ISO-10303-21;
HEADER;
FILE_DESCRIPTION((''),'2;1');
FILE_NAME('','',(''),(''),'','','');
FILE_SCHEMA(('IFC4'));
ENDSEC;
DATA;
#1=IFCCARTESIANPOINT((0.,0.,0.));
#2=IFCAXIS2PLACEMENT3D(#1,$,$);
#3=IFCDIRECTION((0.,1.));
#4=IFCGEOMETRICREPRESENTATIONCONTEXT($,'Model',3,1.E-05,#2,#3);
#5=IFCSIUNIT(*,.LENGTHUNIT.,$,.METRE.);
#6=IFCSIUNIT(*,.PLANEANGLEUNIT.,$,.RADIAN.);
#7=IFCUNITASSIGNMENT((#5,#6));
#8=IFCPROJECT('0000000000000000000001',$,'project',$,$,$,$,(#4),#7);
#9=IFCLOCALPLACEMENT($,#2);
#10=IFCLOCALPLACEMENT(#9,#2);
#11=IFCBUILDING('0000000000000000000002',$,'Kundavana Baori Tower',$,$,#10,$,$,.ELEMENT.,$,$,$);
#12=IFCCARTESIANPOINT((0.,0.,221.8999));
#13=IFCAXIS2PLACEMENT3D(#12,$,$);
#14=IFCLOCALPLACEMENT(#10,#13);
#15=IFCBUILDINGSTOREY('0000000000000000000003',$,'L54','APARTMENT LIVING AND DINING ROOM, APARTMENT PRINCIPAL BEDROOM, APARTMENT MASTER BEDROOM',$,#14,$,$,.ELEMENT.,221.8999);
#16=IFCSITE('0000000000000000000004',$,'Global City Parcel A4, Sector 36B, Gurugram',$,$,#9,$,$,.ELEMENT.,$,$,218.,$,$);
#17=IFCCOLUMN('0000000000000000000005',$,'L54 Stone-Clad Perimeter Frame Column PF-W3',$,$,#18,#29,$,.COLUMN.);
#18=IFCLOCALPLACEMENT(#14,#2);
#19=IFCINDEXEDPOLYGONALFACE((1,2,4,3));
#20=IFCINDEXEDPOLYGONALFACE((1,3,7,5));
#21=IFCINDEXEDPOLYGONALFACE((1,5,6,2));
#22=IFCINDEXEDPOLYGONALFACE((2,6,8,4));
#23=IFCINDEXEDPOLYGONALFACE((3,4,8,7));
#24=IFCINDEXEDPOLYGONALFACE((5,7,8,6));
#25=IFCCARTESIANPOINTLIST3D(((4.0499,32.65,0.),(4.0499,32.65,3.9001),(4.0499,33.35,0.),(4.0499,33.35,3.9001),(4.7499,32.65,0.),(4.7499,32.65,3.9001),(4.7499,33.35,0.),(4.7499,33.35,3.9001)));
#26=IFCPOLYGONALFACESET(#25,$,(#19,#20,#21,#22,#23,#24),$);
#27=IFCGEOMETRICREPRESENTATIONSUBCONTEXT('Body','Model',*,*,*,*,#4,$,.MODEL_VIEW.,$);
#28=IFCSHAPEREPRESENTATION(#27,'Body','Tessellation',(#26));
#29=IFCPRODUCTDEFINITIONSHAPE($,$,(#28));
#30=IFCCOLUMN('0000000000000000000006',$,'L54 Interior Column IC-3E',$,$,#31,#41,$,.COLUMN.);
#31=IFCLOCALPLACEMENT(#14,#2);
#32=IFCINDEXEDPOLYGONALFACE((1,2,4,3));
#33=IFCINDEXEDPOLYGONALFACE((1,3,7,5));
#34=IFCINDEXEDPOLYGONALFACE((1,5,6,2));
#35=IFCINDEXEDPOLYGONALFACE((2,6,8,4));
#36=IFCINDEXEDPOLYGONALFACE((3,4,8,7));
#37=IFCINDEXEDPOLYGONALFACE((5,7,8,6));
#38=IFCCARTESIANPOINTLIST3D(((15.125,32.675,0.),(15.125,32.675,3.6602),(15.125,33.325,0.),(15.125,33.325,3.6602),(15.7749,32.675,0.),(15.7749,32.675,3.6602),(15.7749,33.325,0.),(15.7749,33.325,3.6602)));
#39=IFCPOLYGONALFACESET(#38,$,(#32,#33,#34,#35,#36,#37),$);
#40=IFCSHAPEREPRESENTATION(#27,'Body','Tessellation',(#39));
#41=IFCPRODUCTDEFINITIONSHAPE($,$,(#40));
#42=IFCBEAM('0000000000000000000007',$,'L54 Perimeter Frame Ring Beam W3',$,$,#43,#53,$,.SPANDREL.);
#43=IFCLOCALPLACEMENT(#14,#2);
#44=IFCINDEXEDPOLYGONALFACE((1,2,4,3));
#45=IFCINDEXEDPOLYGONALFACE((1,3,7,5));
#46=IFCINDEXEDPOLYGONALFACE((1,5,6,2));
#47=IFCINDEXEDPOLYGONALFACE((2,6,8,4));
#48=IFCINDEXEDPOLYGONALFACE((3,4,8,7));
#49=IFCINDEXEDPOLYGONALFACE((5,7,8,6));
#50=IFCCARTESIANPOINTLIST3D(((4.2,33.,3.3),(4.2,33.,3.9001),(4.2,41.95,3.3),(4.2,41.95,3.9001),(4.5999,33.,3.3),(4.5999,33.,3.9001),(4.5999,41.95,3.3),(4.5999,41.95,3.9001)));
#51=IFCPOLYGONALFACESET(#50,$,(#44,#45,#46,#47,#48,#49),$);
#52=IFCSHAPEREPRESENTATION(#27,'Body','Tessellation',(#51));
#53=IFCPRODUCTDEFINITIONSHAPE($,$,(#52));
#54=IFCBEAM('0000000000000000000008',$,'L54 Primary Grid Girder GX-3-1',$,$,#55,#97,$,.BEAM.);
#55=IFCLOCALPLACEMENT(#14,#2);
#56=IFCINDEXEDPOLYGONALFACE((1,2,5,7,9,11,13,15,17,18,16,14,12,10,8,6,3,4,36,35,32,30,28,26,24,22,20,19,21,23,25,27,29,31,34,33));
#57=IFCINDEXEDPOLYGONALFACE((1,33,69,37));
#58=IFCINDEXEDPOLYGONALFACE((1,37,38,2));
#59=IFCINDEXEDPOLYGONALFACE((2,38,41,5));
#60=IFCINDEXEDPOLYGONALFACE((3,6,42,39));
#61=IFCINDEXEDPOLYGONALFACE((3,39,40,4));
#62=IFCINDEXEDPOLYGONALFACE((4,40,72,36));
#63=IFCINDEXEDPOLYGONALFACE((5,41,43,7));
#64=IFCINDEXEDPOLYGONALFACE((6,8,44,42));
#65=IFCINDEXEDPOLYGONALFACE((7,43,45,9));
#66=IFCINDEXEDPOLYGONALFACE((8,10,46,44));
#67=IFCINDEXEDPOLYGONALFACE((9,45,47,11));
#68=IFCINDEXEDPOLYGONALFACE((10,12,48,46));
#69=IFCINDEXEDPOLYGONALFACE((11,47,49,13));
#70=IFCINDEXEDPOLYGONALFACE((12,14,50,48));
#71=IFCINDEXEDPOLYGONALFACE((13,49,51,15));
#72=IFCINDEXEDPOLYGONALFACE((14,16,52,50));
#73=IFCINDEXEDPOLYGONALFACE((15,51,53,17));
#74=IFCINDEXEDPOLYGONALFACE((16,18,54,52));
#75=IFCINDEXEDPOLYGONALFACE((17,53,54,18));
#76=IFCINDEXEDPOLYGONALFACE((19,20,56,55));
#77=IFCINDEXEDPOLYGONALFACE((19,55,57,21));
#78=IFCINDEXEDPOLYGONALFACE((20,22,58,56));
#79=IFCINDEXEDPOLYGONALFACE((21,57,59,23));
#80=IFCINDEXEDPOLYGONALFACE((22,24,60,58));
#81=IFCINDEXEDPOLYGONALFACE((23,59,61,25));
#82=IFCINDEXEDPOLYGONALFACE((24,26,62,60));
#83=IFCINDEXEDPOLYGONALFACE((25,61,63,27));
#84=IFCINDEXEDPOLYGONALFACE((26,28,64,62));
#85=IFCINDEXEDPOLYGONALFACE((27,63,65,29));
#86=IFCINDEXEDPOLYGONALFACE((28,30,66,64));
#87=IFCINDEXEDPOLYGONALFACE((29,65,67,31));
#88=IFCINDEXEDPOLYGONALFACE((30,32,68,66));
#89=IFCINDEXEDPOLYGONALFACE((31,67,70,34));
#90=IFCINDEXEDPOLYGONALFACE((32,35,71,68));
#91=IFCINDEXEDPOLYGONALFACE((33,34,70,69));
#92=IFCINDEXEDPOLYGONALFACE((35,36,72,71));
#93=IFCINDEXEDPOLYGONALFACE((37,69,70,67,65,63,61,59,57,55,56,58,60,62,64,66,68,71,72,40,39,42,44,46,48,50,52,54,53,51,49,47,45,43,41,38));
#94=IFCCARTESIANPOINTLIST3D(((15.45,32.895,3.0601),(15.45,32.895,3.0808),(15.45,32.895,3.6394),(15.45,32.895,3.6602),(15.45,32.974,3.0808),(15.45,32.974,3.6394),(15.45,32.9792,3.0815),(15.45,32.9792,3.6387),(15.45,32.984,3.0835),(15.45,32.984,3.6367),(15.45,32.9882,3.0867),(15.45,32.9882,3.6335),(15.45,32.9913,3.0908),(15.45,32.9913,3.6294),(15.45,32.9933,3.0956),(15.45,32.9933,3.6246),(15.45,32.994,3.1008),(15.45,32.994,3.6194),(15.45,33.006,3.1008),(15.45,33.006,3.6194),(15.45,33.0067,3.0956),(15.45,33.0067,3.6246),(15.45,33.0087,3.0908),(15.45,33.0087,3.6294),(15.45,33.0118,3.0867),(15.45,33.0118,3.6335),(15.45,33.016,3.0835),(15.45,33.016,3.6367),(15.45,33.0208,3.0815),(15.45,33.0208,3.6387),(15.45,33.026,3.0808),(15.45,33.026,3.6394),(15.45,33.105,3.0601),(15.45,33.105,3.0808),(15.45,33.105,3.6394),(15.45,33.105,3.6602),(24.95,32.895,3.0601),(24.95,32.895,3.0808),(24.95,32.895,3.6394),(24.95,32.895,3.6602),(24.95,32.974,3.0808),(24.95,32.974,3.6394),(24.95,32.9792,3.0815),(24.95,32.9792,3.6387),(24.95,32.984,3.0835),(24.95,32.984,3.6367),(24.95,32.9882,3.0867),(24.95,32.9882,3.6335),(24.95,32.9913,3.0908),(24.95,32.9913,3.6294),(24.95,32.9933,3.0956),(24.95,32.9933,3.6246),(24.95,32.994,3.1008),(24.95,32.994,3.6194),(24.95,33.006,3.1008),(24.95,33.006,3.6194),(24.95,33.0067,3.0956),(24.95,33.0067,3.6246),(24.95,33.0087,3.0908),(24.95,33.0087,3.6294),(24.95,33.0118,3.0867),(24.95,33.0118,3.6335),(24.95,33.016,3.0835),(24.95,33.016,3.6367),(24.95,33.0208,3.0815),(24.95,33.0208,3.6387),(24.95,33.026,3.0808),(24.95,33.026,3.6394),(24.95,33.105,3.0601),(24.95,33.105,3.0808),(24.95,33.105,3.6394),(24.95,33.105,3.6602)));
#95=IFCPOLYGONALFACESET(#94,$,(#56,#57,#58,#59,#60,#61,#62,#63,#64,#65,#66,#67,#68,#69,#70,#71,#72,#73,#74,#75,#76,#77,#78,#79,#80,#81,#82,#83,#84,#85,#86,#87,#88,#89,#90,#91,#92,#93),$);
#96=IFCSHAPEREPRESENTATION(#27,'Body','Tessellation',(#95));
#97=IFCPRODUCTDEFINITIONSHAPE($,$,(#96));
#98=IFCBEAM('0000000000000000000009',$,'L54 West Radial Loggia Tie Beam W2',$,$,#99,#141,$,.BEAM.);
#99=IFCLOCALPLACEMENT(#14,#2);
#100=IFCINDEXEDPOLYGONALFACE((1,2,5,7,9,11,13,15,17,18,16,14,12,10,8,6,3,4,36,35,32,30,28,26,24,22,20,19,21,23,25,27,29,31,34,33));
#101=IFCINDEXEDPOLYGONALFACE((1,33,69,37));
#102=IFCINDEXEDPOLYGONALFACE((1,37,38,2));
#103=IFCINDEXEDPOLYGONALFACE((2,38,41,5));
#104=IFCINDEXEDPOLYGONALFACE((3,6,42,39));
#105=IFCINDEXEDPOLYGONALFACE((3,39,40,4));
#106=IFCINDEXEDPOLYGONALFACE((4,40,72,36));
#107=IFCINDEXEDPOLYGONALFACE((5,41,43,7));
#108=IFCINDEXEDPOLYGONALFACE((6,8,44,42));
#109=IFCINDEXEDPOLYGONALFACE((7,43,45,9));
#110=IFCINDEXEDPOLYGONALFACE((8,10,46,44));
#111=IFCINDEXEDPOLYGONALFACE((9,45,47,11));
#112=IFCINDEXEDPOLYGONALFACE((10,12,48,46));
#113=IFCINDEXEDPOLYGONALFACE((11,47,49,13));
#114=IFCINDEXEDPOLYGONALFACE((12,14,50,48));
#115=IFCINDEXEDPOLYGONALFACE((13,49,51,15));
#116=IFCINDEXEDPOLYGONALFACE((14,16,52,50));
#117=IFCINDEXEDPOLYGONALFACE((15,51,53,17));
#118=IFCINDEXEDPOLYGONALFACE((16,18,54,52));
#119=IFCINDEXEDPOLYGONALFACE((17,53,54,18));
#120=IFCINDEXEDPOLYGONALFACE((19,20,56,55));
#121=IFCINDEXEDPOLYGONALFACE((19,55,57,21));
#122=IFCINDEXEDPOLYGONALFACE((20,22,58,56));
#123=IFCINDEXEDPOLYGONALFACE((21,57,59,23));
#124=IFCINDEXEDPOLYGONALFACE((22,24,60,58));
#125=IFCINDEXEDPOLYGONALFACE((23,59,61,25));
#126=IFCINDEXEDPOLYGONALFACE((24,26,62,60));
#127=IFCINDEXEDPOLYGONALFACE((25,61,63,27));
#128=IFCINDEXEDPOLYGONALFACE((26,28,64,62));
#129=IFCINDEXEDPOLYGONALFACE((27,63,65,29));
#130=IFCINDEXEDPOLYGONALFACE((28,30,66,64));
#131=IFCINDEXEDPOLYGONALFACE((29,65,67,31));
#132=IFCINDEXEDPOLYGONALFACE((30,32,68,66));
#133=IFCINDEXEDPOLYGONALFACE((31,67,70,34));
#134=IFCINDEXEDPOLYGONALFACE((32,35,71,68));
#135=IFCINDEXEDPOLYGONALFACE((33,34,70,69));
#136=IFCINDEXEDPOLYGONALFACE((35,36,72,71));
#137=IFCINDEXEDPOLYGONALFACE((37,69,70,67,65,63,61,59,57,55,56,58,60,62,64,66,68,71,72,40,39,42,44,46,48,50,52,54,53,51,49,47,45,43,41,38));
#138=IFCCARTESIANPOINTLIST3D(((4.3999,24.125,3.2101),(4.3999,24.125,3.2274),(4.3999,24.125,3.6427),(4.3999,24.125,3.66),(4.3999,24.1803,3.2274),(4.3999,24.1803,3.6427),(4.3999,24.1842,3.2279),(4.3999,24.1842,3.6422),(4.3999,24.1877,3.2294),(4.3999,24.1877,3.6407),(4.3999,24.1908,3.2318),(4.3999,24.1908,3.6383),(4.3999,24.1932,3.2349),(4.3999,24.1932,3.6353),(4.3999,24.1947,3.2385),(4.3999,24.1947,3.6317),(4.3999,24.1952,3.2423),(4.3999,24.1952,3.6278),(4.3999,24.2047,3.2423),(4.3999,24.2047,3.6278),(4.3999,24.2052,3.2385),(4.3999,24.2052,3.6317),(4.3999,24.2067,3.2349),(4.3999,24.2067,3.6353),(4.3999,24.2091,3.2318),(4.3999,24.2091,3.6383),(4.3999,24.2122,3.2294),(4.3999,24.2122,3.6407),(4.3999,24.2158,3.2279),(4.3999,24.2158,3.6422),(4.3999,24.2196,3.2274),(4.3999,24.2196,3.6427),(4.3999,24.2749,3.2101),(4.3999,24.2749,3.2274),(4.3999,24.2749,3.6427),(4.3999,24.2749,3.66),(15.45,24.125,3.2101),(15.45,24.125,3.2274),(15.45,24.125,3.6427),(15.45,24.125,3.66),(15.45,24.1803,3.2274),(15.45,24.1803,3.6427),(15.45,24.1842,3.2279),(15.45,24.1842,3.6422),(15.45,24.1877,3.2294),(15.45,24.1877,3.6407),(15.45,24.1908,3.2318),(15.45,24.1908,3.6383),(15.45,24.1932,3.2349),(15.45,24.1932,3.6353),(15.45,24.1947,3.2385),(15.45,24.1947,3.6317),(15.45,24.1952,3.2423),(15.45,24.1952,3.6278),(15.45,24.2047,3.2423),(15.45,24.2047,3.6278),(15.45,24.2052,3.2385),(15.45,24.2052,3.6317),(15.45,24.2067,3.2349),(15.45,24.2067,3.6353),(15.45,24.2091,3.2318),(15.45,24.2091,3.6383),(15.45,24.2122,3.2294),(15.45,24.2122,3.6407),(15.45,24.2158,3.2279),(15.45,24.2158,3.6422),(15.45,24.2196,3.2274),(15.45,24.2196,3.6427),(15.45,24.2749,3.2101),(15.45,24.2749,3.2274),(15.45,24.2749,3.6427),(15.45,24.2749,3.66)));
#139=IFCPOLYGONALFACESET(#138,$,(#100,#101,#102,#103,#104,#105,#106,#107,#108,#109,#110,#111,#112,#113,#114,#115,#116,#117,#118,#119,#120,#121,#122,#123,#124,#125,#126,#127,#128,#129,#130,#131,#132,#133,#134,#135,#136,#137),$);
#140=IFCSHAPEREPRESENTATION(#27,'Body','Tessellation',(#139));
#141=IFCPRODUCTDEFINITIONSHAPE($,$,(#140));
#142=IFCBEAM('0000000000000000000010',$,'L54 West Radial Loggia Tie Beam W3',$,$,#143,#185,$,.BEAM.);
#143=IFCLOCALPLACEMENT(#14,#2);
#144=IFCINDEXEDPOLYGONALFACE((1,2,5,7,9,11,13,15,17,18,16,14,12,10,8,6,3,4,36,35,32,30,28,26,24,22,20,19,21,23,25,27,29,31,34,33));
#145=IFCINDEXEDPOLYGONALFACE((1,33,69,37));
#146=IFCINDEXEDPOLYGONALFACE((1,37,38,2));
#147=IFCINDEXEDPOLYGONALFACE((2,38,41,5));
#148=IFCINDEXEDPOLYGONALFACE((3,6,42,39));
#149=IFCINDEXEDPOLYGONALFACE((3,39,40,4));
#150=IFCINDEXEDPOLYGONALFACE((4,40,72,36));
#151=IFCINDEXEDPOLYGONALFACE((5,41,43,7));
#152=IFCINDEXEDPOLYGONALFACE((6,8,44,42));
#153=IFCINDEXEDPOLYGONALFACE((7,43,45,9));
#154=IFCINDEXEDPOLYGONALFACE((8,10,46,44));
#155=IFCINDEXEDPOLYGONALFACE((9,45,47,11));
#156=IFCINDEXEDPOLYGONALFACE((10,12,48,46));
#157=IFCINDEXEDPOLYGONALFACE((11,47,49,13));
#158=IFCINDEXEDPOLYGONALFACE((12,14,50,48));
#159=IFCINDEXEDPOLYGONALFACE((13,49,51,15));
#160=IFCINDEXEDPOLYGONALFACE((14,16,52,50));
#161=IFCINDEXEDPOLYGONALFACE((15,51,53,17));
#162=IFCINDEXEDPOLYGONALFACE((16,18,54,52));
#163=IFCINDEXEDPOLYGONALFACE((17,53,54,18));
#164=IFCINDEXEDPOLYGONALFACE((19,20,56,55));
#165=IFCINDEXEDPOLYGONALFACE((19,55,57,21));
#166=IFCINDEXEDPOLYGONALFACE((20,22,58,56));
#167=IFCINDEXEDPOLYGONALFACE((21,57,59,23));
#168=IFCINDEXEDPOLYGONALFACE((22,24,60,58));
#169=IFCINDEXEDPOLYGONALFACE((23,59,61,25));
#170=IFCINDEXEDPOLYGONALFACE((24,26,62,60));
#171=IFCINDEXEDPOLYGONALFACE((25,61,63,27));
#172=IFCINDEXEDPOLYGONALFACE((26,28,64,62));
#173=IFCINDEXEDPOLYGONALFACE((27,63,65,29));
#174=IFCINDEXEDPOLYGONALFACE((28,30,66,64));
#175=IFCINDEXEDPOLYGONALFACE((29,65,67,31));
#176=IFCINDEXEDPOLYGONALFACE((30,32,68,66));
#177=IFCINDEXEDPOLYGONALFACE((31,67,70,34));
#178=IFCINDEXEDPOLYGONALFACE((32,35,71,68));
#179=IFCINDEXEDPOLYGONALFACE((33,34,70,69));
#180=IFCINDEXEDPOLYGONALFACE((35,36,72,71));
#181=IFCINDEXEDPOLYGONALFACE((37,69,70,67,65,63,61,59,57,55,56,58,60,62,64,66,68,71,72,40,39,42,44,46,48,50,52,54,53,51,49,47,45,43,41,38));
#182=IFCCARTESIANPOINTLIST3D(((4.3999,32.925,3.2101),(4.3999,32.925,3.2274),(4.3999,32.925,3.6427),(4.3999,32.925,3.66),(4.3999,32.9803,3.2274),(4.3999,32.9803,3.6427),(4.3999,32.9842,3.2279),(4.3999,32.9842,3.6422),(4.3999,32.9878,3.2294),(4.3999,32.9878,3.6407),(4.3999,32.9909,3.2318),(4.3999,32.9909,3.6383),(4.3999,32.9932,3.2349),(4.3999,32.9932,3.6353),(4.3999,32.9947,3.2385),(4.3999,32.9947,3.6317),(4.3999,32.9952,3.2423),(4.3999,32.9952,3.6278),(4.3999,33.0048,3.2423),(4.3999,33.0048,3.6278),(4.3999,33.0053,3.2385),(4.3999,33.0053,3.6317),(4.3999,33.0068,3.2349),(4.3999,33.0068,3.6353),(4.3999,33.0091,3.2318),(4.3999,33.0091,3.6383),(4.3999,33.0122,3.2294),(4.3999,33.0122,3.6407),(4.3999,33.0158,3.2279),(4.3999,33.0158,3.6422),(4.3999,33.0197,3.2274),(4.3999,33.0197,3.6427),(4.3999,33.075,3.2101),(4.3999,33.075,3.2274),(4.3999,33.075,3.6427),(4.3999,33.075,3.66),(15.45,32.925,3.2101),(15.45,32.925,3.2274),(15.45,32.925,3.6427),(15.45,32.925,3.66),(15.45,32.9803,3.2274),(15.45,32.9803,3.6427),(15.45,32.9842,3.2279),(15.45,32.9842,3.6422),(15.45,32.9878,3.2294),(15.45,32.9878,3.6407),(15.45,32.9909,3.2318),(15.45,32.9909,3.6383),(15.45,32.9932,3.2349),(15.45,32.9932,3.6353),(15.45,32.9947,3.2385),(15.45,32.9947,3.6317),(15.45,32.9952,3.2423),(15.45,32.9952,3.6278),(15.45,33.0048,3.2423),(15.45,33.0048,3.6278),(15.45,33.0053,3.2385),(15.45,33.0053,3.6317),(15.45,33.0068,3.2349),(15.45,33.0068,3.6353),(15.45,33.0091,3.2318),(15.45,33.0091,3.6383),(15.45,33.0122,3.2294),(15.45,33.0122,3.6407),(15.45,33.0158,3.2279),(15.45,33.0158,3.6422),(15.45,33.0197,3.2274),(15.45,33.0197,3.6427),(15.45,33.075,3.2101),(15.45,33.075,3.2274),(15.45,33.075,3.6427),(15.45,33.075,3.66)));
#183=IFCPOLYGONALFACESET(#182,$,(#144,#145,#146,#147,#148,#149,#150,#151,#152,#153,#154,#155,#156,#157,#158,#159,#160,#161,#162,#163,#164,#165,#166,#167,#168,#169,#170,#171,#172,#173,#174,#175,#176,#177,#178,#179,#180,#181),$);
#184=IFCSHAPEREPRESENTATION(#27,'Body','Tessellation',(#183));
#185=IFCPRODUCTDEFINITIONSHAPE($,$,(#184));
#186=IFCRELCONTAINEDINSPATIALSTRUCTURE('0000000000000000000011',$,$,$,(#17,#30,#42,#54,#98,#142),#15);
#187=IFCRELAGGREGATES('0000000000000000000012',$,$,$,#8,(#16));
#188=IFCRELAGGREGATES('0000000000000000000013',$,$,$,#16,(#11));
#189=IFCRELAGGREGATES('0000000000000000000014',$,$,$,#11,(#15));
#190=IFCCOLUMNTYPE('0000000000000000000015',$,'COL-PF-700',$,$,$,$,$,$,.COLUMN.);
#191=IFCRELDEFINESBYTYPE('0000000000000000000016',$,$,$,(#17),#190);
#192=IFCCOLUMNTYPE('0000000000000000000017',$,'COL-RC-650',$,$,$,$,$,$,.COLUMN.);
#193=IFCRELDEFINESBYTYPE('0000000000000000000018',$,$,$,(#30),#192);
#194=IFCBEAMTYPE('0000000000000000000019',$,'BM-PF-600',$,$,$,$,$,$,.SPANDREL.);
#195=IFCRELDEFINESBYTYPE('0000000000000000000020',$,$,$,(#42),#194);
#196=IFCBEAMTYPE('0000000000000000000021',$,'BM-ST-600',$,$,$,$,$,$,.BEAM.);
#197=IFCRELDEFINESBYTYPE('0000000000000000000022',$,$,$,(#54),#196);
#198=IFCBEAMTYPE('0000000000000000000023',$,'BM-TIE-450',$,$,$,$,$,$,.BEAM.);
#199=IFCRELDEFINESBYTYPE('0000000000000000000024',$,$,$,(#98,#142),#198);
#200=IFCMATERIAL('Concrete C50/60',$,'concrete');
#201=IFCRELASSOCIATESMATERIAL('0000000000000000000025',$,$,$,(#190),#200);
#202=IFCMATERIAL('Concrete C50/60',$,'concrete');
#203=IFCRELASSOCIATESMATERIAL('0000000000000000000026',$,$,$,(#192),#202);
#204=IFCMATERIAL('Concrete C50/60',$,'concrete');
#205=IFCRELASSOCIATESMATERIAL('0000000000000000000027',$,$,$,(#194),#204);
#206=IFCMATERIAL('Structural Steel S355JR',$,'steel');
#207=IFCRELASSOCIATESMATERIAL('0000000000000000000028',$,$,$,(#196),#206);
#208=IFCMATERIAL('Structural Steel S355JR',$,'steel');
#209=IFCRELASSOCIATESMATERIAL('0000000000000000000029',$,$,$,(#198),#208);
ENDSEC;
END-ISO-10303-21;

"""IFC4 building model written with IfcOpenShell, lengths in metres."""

from ifc_helpers import new_model, si_unit, direction, frame, origin, origin_2d, place, context, subcontext, project, spatial, rectangle, i_section, extrude, material, material_profile, profile_set, type_object, element, save


model = new_model("IFC4")

# Units and contexts
model_context = context("Model", 3, precision=1e-05, world=origin(), true_north=direction((0.0, 1.0)))
body_context = subcontext(model_context, "Body", "Model", "MODEL_VIEW")
ifc_project = project(units=[si_unit("LENGTHUNIT", "METRE"), si_unit("PLANEANGLEUNIT", "RADIAN")], contexts=[model_context])

# Site, building, storey
site_placement = place(None, origin())
site = spatial("IfcSite", under=ifc_project, at=site_placement, Name="Global City Parcel A4, Sector 36B, Gurugram", CompositionType="ELEMENT", RefElevation=218.0)
building_placement = place(site_placement, origin())
building = spatial("IfcBuilding", under=site, at=building_placement, Name="Kundavana Baori Tower", CompositionType="ELEMENT")
storey_placement = place(building_placement, frame((0.0, 0.0, 221.8999)))
storey = spatial("IfcBuildingStorey", under=building, at=storey_placement, Name="L54", Description="APARTMENT LIVING AND DINING ROOM, APARTMENT PRINCIPAL BEDROOM, APARTMENT MASTER BEDROOM", CompositionType="ELEMENT", Elevation=221.8999)

# Columns
ifc_material_1 = material(Name="Concrete C50/60", Category="concrete")
ifc_material_profile_1 = material_profile(ifc_material_1, rectangle(XDim=0.7, YDim=0.7, at=origin_2d()), Name="RC PF 700x700")
ifc_profile_set_1 = profile_set([ifc_material_profile_1], Name="Concrete C50/60")
column_type_1 = type_object("IfcColumnType", Name="COL-PF-700", PredefinedType="COLUMN", material=ifc_profile_set_1)
column_1_placement = place(storey_placement, frame((4.3999, 33.0, 0.0), z_axis=(0.0, 0.0, 1.0), x_axis=(1.0, 0.0, 0.0)))
element("IfcColumn", 1, at=column_1_placement, inside=storey, type_object=column_type_1, Name="L54 Stone-Clad Perimeter Frame Column PF-W3", PredefinedType="COLUMN", context=body_context, shape_type="SweptSolid", body=[
    extrude(rectangle(XDim=0.7, YDim=0.7, at=origin_2d()), origin(), (0.0, 0.0, 1.0), 3.9001),
])
ifc_material_2 = material(Name="Concrete C50/60", Category="concrete")
ifc_material_profile_2 = material_profile(ifc_material_2, rectangle(XDim=0.6499, YDim=0.6499, at=origin_2d()), Name="RC 650x650")
ifc_profile_set_2 = profile_set([ifc_material_profile_2], Name="Concrete C50/60")
column_type_2 = type_object("IfcColumnType", Name="COL-RC-650", PredefinedType="COLUMN", material=ifc_profile_set_2)
column_2_placement = place(storey_placement, frame((15.45, 33.0, 0.0), z_axis=(0.0, 0.0, 1.0), x_axis=(1.0, 0.0, 0.0)))
element("IfcColumn", 2, at=column_2_placement, inside=storey, type_object=column_type_2, Name="L54 Interior Column IC-3E", PredefinedType="COLUMN", context=body_context, shape_type="SweptSolid", body=[
    extrude(rectangle(XDim=0.6499, YDim=0.6499, at=origin_2d()), origin(), (0.0, 0.0, 1.0), 3.6602),
])

# Beams
ifc_material_3 = material(Name="Concrete C50/60", Category="concrete")
ifc_material_profile_3 = material_profile(ifc_material_3, rectangle(XDim=0.3999, YDim=0.6001, at=origin_2d()), Name="RC BM 400x600")
ifc_profile_set_3 = profile_set([ifc_material_profile_3], Name="Concrete C50/60")
beam_type_1 = type_object("IfcBeamType", Name="BM-PF-600", PredefinedType="SPANDREL", material=ifc_profile_set_3)
beam_1_placement = place(storey_placement, frame((4.3999, 33.0, 3.6001), z_axis=(0.0, 1.0, 0.0), x_axis=(-1.0, 0.0, 0.0)))
element("IfcBeam", 3, at=beam_1_placement, inside=storey, type_object=beam_type_1, Name="L54 Perimeter Frame Ring Beam W3", PredefinedType="SPANDREL", context=body_context, shape_type="SweptSolid", body=[
    extrude(rectangle(XDim=0.3999, YDim=0.6001, at=origin_2d()), origin(), (0.0, 0.0, 1.0), 8.95),
])
ifc_material_4 = material(Name="Structural Steel S355JR", Category="steel")
ifc_material_profile_4 = material_profile(ifc_material_4, i_section(OverallWidth=0.21, OverallDepth=0.6001, WebThickness=0.012, FlangeThickness=0.0208, FilletRadius=0.02, at=origin_2d()), Name="ISMB 600")
ifc_profile_set_4 = profile_set([ifc_material_profile_4], Name="Structural Steel S355JR")
beam_type_2 = type_object("IfcBeamType", Name="BM-ST-600", PredefinedType="BEAM", material=ifc_profile_set_4)
beam_2_placement = place(storey_placement, frame((15.45, 33.0, 3.3601), z_axis=(1.0, 0.0, 0.0), x_axis=(0.0, 1.0, 0.0)))
element("IfcBeam", 4, at=beam_2_placement, inside=storey, type_object=beam_type_2, Name="L54 Primary Grid Girder GX-3-1", PredefinedType="BEAM", context=body_context, shape_type="SweptSolid", body=[
    extrude(i_section(OverallWidth=0.21, OverallDepth=0.6001, WebThickness=0.012, FlangeThickness=0.0208, FilletRadius=0.02, at=origin_2d()), origin(), (0.0, 0.0, 1.0), 9.5),
])
ifc_material_5 = material(Name="Structural Steel S355JR", Category="steel")
ifc_material_profile_5 = material_profile(ifc_material_5, i_section(OverallWidth=0.1499, OverallDepth=0.45, WebThickness=0.0095, FlangeThickness=0.0173, FilletRadius=0.0149, at=origin_2d()), Name="ISMB 450")
ifc_profile_set_5 = profile_set([ifc_material_profile_5], Name="Structural Steel S355JR")
beam_type_3 = type_object("IfcBeamType", Name="BM-TIE-450", PredefinedType="BEAM", material=ifc_profile_set_5)
for number, where, z_axis, x_axis, name in (
    (5, (15.45, 24.2, 3.4351), (-1.0, 0.0, 0.0), (0.0, -1.0, 0.0), "L54 West Radial Loggia Tie Beam W2"),
    (6, (15.45, 33.0, 3.4351), (-1.0, 0.0, 0.0), (0.0, -1.0, 0.0), "L54 West Radial Loggia Tie Beam W3"),
):
    element("IfcBeam", number, at=place(storey_placement, frame(where, z_axis=z_axis, x_axis=x_axis)), inside=storey, type_object=beam_type_3, Name=name, PredefinedType="BEAM", context=body_context, shape_type="SweptSolid", body=[
        extrude(i_section(OverallWidth=0.1499, OverallDepth=0.45, WebThickness=0.0095, FlangeThickness=0.0173, FilletRadius=0.0149, at=origin_2d()), origin(), (0.0, 0.0, 1.0), 11.05),
    ])

save(model, "model.ifc")
